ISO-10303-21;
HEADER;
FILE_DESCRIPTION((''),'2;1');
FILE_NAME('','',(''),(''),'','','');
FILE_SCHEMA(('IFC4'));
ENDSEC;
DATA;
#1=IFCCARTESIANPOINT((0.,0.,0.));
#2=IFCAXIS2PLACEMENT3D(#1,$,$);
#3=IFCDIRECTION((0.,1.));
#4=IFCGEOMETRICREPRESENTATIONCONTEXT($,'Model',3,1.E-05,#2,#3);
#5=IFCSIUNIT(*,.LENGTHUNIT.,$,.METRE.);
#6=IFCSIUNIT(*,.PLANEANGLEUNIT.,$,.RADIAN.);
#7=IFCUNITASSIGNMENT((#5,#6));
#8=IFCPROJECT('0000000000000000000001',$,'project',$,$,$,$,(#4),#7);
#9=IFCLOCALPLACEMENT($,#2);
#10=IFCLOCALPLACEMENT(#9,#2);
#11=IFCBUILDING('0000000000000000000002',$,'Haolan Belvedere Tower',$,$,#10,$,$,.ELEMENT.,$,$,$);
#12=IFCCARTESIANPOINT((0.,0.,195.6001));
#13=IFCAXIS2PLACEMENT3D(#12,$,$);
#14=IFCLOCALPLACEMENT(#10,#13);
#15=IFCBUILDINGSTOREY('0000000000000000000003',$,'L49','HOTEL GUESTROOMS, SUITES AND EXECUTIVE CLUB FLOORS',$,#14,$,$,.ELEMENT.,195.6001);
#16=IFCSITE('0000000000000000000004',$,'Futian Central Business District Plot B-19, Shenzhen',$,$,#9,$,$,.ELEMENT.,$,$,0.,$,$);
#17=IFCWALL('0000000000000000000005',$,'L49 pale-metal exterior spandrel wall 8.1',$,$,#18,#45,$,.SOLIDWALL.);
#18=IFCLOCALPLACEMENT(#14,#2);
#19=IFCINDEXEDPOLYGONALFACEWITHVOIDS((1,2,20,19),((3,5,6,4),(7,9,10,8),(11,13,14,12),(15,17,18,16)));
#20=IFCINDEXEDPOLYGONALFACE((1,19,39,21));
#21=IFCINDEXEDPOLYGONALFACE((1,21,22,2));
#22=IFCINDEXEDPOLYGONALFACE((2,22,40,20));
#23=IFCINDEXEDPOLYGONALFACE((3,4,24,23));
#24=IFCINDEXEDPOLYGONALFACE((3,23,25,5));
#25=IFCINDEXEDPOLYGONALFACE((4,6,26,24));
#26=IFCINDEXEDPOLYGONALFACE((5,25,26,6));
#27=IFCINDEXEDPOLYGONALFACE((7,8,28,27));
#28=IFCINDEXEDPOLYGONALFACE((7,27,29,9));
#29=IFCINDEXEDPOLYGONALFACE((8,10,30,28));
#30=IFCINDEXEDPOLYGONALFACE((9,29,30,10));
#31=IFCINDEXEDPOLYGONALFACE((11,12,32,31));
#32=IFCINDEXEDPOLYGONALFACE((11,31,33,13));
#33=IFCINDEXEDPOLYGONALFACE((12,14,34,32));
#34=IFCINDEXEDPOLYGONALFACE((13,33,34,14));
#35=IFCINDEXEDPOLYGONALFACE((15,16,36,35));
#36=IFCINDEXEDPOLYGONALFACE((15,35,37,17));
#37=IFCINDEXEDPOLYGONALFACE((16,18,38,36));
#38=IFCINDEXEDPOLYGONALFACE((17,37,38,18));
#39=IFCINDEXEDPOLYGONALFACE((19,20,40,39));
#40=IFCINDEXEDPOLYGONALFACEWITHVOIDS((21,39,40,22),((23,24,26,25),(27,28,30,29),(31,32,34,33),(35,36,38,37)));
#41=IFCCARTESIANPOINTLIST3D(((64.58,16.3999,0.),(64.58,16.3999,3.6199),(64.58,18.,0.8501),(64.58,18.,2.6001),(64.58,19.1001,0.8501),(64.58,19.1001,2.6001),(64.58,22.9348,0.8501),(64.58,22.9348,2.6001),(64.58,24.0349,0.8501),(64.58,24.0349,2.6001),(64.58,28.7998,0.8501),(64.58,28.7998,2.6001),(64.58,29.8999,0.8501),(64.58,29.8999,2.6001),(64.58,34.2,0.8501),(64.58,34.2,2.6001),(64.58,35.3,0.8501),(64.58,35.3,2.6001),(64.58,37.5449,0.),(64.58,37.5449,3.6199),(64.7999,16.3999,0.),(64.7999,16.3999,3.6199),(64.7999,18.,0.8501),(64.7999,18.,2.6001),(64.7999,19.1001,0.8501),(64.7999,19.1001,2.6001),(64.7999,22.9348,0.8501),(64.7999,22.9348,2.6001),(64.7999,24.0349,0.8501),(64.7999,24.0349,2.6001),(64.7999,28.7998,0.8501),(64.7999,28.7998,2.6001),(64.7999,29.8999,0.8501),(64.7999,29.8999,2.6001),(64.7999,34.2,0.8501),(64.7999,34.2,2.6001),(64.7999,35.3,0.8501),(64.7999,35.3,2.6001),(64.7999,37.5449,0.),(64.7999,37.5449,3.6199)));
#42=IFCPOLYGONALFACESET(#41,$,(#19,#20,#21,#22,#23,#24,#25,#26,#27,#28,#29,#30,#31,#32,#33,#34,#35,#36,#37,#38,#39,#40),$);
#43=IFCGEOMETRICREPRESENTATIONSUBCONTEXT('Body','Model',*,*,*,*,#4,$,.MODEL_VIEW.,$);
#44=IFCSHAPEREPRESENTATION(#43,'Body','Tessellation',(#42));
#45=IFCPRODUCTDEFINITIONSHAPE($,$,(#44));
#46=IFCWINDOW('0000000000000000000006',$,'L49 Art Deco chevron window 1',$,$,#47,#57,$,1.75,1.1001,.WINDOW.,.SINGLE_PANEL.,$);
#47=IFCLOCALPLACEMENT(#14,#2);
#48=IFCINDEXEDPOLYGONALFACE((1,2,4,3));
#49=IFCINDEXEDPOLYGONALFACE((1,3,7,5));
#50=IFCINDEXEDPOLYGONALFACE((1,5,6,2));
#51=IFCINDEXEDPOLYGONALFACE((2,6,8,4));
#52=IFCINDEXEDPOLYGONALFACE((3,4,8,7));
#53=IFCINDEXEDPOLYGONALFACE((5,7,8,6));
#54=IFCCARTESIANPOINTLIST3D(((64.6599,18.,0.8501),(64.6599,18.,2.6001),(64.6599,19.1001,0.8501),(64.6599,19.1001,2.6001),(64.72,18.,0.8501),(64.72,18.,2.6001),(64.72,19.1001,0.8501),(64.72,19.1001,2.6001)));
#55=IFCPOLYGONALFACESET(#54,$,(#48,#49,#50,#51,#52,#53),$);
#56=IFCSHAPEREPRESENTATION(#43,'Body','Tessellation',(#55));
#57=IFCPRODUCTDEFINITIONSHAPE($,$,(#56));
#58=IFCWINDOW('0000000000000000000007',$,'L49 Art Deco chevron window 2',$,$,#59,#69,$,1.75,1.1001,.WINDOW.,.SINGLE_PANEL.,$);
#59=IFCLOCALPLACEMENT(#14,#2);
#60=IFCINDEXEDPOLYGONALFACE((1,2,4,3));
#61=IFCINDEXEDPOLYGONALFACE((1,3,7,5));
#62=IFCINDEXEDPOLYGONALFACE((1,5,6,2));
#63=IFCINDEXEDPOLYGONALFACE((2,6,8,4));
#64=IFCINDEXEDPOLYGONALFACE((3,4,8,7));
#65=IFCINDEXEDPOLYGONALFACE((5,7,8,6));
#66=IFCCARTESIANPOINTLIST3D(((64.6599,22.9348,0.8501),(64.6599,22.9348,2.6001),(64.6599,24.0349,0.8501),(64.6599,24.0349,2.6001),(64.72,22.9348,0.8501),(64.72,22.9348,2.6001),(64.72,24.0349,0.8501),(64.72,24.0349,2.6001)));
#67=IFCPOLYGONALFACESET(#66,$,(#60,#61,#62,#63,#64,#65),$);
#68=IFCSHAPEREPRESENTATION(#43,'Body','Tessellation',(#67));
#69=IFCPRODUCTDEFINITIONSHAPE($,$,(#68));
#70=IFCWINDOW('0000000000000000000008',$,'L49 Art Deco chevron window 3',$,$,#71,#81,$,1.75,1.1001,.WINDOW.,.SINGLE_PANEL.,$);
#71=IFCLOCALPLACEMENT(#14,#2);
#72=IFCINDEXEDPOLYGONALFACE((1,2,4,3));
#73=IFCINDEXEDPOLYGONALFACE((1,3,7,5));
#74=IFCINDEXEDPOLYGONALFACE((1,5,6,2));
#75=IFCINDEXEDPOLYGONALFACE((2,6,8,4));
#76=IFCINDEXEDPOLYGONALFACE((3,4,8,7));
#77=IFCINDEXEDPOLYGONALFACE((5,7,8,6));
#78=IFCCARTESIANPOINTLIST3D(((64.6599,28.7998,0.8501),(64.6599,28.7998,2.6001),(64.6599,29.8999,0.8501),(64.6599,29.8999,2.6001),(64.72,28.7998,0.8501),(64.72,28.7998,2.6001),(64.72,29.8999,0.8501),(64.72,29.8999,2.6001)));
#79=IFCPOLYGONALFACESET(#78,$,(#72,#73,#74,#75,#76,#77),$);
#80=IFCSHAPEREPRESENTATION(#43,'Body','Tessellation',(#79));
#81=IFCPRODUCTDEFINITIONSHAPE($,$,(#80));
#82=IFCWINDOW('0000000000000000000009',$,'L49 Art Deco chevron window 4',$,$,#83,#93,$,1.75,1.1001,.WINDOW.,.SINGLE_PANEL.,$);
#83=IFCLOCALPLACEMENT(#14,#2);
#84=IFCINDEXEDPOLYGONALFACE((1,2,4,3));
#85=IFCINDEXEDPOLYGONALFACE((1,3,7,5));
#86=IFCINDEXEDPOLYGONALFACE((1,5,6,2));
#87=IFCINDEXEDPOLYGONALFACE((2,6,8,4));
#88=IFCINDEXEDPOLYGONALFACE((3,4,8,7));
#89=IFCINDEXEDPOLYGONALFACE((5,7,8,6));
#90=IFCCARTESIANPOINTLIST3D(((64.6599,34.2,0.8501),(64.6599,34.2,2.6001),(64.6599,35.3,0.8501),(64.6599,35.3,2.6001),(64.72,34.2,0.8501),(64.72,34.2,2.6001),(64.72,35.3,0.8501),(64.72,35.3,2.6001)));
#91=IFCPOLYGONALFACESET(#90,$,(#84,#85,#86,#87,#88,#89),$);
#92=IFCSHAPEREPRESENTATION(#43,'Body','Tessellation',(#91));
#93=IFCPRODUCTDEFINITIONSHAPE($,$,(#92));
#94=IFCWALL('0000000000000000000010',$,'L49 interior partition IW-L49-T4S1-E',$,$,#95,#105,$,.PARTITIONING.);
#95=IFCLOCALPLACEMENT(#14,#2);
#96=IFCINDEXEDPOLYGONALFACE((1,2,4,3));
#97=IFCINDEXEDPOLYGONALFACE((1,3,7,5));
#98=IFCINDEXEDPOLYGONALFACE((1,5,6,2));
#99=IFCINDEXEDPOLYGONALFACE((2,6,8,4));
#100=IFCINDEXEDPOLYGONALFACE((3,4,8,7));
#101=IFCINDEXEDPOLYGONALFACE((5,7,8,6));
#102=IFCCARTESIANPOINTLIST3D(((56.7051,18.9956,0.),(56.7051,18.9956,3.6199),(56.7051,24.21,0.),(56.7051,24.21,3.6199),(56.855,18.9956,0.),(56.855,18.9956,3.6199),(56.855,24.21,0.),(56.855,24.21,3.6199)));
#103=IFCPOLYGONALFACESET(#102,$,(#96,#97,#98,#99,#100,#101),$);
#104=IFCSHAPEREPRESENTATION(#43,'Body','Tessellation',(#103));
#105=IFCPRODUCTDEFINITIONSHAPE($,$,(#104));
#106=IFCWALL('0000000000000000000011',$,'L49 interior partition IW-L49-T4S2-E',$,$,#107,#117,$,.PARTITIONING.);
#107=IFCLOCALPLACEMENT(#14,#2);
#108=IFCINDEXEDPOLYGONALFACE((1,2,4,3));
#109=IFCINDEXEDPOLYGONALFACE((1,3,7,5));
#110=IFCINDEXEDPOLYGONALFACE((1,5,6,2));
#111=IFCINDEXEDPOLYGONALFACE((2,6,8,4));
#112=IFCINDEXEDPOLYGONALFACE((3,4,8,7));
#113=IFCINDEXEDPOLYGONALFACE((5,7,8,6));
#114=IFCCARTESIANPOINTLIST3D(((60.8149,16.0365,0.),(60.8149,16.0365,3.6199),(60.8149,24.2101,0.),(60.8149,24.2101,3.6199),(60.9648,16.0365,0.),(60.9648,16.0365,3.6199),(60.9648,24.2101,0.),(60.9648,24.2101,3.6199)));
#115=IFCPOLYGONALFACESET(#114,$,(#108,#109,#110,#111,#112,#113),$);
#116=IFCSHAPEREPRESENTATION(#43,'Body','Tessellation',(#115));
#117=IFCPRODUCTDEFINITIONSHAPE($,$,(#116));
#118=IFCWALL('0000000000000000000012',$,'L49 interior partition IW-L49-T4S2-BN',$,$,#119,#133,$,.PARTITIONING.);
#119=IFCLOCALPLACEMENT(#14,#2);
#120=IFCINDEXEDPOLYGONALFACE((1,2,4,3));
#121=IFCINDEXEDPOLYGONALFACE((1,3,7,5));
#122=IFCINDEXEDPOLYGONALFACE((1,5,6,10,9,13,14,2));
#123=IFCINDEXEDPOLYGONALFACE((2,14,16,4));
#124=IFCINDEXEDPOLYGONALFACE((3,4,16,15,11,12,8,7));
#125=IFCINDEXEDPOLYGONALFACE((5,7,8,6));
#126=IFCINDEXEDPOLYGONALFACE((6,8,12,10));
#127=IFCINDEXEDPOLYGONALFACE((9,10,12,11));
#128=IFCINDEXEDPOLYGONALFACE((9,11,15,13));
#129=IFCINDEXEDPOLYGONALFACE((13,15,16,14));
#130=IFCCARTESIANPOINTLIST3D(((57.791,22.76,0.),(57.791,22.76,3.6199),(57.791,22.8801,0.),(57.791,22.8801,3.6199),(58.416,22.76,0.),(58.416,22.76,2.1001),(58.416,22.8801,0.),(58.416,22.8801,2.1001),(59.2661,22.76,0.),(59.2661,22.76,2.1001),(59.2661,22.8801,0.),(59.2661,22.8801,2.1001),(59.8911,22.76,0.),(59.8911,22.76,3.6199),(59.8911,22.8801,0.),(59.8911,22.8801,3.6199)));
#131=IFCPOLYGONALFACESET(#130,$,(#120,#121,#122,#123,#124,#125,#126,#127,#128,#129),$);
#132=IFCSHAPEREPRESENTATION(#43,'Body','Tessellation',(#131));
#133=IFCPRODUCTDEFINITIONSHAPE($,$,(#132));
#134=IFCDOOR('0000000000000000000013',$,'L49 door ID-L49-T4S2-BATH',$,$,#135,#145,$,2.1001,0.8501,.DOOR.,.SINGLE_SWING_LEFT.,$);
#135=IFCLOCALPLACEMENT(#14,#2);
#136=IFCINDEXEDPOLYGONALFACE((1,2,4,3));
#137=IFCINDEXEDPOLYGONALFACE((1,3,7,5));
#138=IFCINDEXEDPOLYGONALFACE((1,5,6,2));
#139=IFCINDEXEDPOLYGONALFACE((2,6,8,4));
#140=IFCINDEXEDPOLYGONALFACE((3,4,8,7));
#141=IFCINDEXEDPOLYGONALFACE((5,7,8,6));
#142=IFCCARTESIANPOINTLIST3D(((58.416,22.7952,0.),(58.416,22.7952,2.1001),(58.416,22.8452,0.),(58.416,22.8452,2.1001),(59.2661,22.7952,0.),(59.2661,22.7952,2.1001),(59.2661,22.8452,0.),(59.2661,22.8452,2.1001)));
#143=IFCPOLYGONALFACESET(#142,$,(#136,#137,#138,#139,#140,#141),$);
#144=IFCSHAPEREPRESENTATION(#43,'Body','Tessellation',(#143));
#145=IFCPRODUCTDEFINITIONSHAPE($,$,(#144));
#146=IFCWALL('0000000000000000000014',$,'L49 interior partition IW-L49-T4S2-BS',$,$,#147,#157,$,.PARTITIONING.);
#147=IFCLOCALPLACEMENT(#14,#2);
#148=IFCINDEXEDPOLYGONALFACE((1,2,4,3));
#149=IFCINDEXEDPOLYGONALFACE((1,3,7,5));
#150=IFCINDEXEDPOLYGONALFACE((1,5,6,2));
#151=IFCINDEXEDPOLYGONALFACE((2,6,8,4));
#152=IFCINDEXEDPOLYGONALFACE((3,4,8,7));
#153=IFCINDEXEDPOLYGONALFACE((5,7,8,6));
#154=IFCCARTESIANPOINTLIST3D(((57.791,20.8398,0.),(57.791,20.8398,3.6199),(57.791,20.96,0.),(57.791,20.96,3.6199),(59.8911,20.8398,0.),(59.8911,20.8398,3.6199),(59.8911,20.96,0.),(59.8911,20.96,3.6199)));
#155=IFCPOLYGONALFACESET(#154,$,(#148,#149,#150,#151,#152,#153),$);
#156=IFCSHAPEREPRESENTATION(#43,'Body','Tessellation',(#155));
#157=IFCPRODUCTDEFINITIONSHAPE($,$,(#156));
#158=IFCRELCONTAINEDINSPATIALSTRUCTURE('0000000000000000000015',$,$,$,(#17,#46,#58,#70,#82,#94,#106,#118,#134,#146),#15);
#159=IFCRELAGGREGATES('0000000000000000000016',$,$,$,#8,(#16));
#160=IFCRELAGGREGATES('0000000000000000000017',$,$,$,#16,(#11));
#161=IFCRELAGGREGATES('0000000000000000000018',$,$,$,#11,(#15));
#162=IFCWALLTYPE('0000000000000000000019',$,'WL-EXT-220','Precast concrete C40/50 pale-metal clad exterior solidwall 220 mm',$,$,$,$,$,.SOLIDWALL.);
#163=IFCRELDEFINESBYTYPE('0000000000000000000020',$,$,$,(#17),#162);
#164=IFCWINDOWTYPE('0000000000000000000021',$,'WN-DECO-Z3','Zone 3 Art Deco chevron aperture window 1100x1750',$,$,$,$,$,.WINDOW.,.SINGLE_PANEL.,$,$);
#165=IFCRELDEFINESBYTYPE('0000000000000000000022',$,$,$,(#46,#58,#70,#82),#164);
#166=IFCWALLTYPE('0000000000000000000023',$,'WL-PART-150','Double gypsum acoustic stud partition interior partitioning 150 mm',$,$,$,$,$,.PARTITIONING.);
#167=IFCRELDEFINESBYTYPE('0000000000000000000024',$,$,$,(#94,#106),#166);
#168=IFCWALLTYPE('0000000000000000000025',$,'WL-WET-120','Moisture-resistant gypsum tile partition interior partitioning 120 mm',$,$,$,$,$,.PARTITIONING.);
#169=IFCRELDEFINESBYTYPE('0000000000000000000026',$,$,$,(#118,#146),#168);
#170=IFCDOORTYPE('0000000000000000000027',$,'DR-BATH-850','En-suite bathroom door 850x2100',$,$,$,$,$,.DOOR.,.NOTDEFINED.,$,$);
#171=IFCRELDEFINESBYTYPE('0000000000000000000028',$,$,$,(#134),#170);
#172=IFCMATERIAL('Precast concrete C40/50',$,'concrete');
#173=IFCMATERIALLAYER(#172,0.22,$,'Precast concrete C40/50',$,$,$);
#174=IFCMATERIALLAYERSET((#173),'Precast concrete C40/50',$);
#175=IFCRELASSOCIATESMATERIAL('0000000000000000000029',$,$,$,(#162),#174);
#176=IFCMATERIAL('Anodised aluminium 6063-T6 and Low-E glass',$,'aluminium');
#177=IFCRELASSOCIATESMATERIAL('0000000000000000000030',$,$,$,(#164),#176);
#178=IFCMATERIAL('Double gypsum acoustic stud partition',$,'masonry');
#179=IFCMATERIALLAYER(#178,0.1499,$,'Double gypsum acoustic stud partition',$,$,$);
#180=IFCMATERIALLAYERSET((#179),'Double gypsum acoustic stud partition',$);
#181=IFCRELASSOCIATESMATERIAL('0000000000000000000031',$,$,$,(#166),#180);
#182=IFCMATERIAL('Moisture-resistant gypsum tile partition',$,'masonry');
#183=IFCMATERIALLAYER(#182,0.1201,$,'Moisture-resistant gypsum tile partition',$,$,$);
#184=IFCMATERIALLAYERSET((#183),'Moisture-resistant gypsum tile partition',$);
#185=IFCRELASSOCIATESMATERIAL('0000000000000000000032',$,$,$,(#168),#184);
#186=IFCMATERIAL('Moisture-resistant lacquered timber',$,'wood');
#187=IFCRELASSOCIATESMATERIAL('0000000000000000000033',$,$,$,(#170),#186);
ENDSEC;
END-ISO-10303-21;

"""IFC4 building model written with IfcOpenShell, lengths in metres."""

from ifc_helpers import new_model, si_unit, direction, frame, frame_2d, origin, place, context, subcontext, project, spatial, rectangle, extrude, material, layer, layer_set, type_object, element, fill, save


model = new_model("IFC4")

# Units and contexts
model_context = context("Model", 3, precision=1e-05, world=origin(), true_north=direction((0.0, 1.0)))
body_context = subcontext(model_context, "Body", "Model", "MODEL_VIEW")
ifc_project = project(units=[si_unit("LENGTHUNIT", "METRE"), si_unit("PLANEANGLEUNIT", "RADIAN")], contexts=[model_context])

# Site, building, storey
site_placement = place(None, origin())
site = spatial("IfcSite", under=ifc_project, at=site_placement, Name="Futian Central Business District Plot B-19, Shenzhen", CompositionType="ELEMENT", RefElevation=0.0)
building_placement = place(site_placement, origin())
building = spatial("IfcBuilding", under=site, at=building_placement, Name="Haolan Belvedere Tower", CompositionType="ELEMENT")
storey_placement = place(building_placement, frame((0.0, 0.0, 195.6001)))
storey = spatial("IfcBuildingStorey", under=building, at=storey_placement, Name="L49", Description="HOTEL GUESTROOMS, SUITES AND EXECUTIVE CLUB FLOORS", CompositionType="ELEMENT", Elevation=195.6001)

# Shared definitions
ifc_material_1 = material(Name="Precast concrete C40/50", Category="concrete")
ifc_layer_1 = layer(ifc_material_1, 0.22, Name="Precast concrete C40/50")
ifc_layer_set_1 = layer_set([ifc_layer_1], Name="Precast concrete C40/50")
wall_type_1 = type_object("IfcWallType", Name="WL-EXT-220", Description="Precast concrete C40/50 pale-metal clad exterior solidwall 220 mm", PredefinedType="SOLIDWALL", material=ifc_layer_set_1)
ifc_material_2 = material(Name="Anodised aluminium 6063-T6 and Low-E glass", Category="aluminium")
window_type = type_object("IfcWindowType", Name="WN-DECO-Z3", Description="Zone 3 Art Deco chevron aperture window 1100x1750", PartitioningType="SINGLE_PANEL", PredefinedType="WINDOW", material=ifc_material_2)

# Wall, openings, windows
wall_1_placement = place(storey_placement, frame((64.6899, 16.3999, 0.0), z_axis=(0.0, 0.0, 1.0), x_axis=(0.0, 1.0, 0.0)))
wall_1 = element("IfcWall", 1, at=wall_1_placement, inside=storey, type_object=wall_type_1, Name="L49 pale-metal exterior spandrel wall 8.1", PredefinedType="SOLIDWALL", context=body_context, shape_type="SweptSolid", body=[
    extrude(rectangle(XDim=21.145, YDim=0.22, at=frame_2d((10.5725, 0.0))), origin(), (0.0, 0.0, 1.0), 3.6199),
])
opening_1_placement = place(wall_1_placement, frame((1.6001, 0.0, 0.8501)))
opening_1 = element("IfcOpeningElement", 2, at=opening_1_placement, cuts=wall_1, PredefinedType="OPENING", context=body_context, shape_type="SweptSolid", body=[
    extrude(rectangle(XDim=1.1001, YDim=1.75, at=frame_2d((0.55, 0.875))), frame((0.0, 0.1199, 0.0), z_axis=(0.0, -1.0, 0.0), x_axis=(1.0, 0.0, 0.0)), (0.0, 0.0, 1.0), 0.24),
])
opening_2_placement = place(wall_1_placement, frame((6.5349, 0.0, 0.8501)))
opening_2 = element("IfcOpeningElement", 3, at=opening_2_placement, cuts=wall_1, PredefinedType="OPENING", context=body_context, shape_type="SweptSolid", body=[
    extrude(rectangle(XDim=1.1001, YDim=1.75, at=frame_2d((0.55, 0.875))), frame((0.0, 0.1199, 0.0), z_axis=(0.0, -1.0, 0.0), x_axis=(1.0, 0.0, 0.0)), (0.0, 0.0, 1.0), 0.24),
])
opening_3_placement = place(wall_1_placement, frame((12.3999, 0.0, 0.8501)))
opening_3 = element("IfcOpeningElement", 4, at=opening_3_placement, cuts=wall_1, PredefinedType="OPENING", context=body_context, shape_type="SweptSolid", body=[
    extrude(rectangle(XDim=1.1001, YDim=1.75, at=frame_2d((0.55, 0.875))), frame((0.0, 0.1199, 0.0), z_axis=(0.0, -1.0, 0.0), x_axis=(1.0, 0.0, 0.0)), (0.0, 0.0, 1.0), 0.24),
])
opening_4_placement = place(wall_1_placement, frame((17.8, 0.0, 0.8501)))
opening_4 = element("IfcOpeningElement", 5, at=opening_4_placement, cuts=wall_1, PredefinedType="OPENING", context=body_context, shape_type="SweptSolid", body=[
    extrude(rectangle(XDim=1.1001, YDim=1.75, at=frame_2d((0.55, 0.875))), frame((0.0, 0.1199, 0.0), z_axis=(0.0, -1.0, 0.0), x_axis=(1.0, 0.0, 0.0)), (0.0, 0.0, 1.0), 0.24),
])
window_1_placement = place(opening_1_placement, origin())
window_1 = element("IfcWindow", 6, at=window_1_placement, inside=storey, type_object=window_type, Name="L49 Art Deco chevron window 1", OverallHeight=1.75, OverallWidth=1.1001, PartitioningType="SINGLE_PANEL", PredefinedType="WINDOW", context=body_context, shape_type="SweptSolid", body=[
    extrude(rectangle(XDim=1.1001, YDim=1.75, at=frame_2d((0.55, 0.875))), frame((0.0, 0.03, 0.0), z_axis=(0.0, -1.0, 0.0), x_axis=(1.0, 0.0, 0.0)), (0.0, 0.0, 1.0), 0.0601),
])
fill(opening_1, window_1)
window_2_placement = place(opening_2_placement, origin())
window_2 = element("IfcWindow", 7, at=window_2_placement, inside=storey, type_object=window_type, Name="L49 Art Deco chevron window 2", OverallHeight=1.75, OverallWidth=1.1001, PartitioningType="SINGLE_PANEL", PredefinedType="WINDOW", context=body_context, shape_type="SweptSolid", body=[
    extrude(rectangle(XDim=1.1001, YDim=1.75, at=frame_2d((0.55, 0.875))), frame((0.0, 0.03, 0.0), z_axis=(0.0, -1.0, 0.0), x_axis=(1.0, 0.0, 0.0)), (0.0, 0.0, 1.0), 0.0601),
])
fill(opening_2, window_2)
window_3_placement = place(opening_3_placement, origin())
window_3 = element("IfcWindow", 8, at=window_3_placement, inside=storey, type_object=window_type, Name="L49 Art Deco chevron window 3", OverallHeight=1.75, OverallWidth=1.1001, PartitioningType="SINGLE_PANEL", PredefinedType="WINDOW", context=body_context, shape_type="SweptSolid", body=[
    extrude(rectangle(XDim=1.1001, YDim=1.75, at=frame_2d((0.55, 0.875))), frame((0.0, 0.03, 0.0), z_axis=(0.0, -1.0, 0.0), x_axis=(1.0, 0.0, 0.0)), (0.0, 0.0, 1.0), 0.0601),
])
fill(opening_3, window_3)
window_4_placement = place(opening_4_placement, origin())
window_4 = element("IfcWindow", 9, at=window_4_placement, inside=storey, type_object=window_type, Name="L49 Art Deco chevron window 4", OverallHeight=1.75, OverallWidth=1.1001, PartitioningType="SINGLE_PANEL", PredefinedType="WINDOW", context=body_context, shape_type="SweptSolid", body=[
    extrude(rectangle(XDim=1.1001, YDim=1.75, at=frame_2d((0.55, 0.875))), frame((0.0, 0.03, 0.0), z_axis=(0.0, -1.0, 0.0), x_axis=(1.0, 0.0, 0.0)), (0.0, 0.0, 1.0), 0.0601),
])
fill(opening_4, window_4)

# Walls
ifc_material_3 = material(Name="Double gypsum acoustic stud partition", Category="masonry")
ifc_layer_2 = layer(ifc_material_3, 0.1499, Name="Double gypsum acoustic stud partition")
ifc_layer_set_2 = layer_set([ifc_layer_2], Name="Double gypsum acoustic stud partition")
wall_type_2 = type_object("IfcWallType", Name="WL-PART-150", Description="Double gypsum acoustic stud partition interior partitioning 150 mm", PredefinedType="PARTITIONING", material=ifc_layer_set_2)
wall_2_placement = place(storey_placement, frame((56.78, 18.9956, 0.0), z_axis=(0.0, 0.0, 1.0), x_axis=(0.0, 1.0, 0.0)))
element("IfcWall", 10, at=wall_2_placement, inside=storey, type_object=wall_type_2, Name="L49 interior partition IW-L49-T4S1-E", PredefinedType="PARTITIONING", context=body_context, shape_type="SweptSolid", body=[
    extrude(rectangle(XDim=5.2144, YDim=0.1499, at=frame_2d((2.6072, 0.0))), origin(), (0.0, 0.0, 1.0), 3.6199),
])
wall_3_placement = place(storey_placement, frame((60.8899, 16.0364, 0.0), z_axis=(0.0, 0.0, 1.0), x_axis=(0.0, 1.0, 0.0)))
element("IfcWall", 11, at=wall_3_placement, inside=storey, type_object=wall_type_2, Name="L49 interior partition IW-L49-T4S2-E", PredefinedType="PARTITIONING", context=body_context, shape_type="SweptSolid", body=[
    extrude(rectangle(XDim=8.1736, YDim=0.1499, at=frame_2d((4.0869, 0.0))), origin(), (0.0, 0.0, 1.0), 3.6199),
])

# Wall, opening, door
ifc_material_4 = material(Name="Moisture-resistant gypsum tile partition", Category="masonry")
ifc_layer_3 = layer(ifc_material_4, 0.1201, Name="Moisture-resistant gypsum tile partition")
ifc_layer_set_3 = layer_set([ifc_layer_3], Name="Moisture-resistant gypsum tile partition")
wall_type_3 = type_object("IfcWallType", Name="WL-WET-120", Description="Moisture-resistant gypsum tile partition interior partitioning 120 mm", PredefinedType="PARTITIONING", material=ifc_layer_set_3)
wall_4_placement = place(storey_placement, frame((57.791, 22.8201, 0.0), z_axis=(0.0, 0.0, 1.0), x_axis=(1.0, 0.0, 0.0)))
wall_4 = element("IfcWall", 12, at=wall_4_placement, inside=storey, type_object=wall_type_3, Name="L49 interior partition IW-L49-T4S2-BN", PredefinedType="PARTITIONING", context=body_context, shape_type="SweptSolid", body=[
    extrude(rectangle(XDim=2.1001, YDim=0.1201, at=frame_2d((1.05, 0.0))), origin(), (0.0, 0.0, 1.0), 3.6199),
])
opening_5_placement = place(wall_4_placement, frame((1.4751, 0.0, 0.0), z_axis=(0.0, 0.0, 1.0), x_axis=(-1.0, 0.0, 0.0)))
opening_5 = element("IfcOpeningElement", 13, at=opening_5_placement, cuts=wall_4, PredefinedType="OPENING", context=body_context, shape_type="SweptSolid", body=[
    extrude(rectangle(XDim=0.8501, YDim=2.1001, at=frame_2d((0.425, 1.05))), frame((0.0, 0.0701, 0.0), z_axis=(0.0, -1.0, 0.0), x_axis=(1.0, 0.0, 0.0)), (0.0, 0.0, 1.0), 0.1401),
])
ifc_material_5 = material(Name="Moisture-resistant lacquered timber", Category="wood")
door_type = type_object("IfcDoorType", Name="DR-BATH-850", Description="En-suite bathroom door 850x2100", OperationType="NOTDEFINED", PredefinedType="DOOR", material=ifc_material_5)
door_placement = place(opening_5_placement, origin())
door = element("IfcDoor", 14, at=door_placement, inside=storey, type_object=door_type, Name="L49 door ID-L49-T4S2-BATH", OperationType="SINGLE_SWING_LEFT", OverallHeight=2.1001, OverallWidth=0.8501, PredefinedType="DOOR", context=body_context, shape_type="SweptSolid", body=[
    extrude(rectangle(XDim=0.8501, YDim=2.1001, at=frame_2d((0.425, 1.05))), frame((0.0, 0.0249, 0.0), z_axis=(0.0, -1.0, 0.0), x_axis=(1.0, 0.0, 0.0)), (0.0, 0.0, 1.0), 0.05),
])
fill(opening_5, door)

# Wall
wall_5_placement = place(storey_placement, frame((57.791, 20.8999, 0.0), z_axis=(0.0, 0.0, 1.0), x_axis=(1.0, 0.0, 0.0)))
element("IfcWall", 15, at=wall_5_placement, inside=storey, type_object=wall_type_3, Name="L49 interior partition IW-L49-T4S2-BS", PredefinedType="PARTITIONING", context=body_context, shape_type="SweptSolid", body=[
    extrude(rectangle(XDim=2.1001, YDim=0.1201, at=frame_2d((1.05, 0.0))), origin(), (0.0, 0.0, 1.0), 3.6199),
])

save(model, "model.ifc")
